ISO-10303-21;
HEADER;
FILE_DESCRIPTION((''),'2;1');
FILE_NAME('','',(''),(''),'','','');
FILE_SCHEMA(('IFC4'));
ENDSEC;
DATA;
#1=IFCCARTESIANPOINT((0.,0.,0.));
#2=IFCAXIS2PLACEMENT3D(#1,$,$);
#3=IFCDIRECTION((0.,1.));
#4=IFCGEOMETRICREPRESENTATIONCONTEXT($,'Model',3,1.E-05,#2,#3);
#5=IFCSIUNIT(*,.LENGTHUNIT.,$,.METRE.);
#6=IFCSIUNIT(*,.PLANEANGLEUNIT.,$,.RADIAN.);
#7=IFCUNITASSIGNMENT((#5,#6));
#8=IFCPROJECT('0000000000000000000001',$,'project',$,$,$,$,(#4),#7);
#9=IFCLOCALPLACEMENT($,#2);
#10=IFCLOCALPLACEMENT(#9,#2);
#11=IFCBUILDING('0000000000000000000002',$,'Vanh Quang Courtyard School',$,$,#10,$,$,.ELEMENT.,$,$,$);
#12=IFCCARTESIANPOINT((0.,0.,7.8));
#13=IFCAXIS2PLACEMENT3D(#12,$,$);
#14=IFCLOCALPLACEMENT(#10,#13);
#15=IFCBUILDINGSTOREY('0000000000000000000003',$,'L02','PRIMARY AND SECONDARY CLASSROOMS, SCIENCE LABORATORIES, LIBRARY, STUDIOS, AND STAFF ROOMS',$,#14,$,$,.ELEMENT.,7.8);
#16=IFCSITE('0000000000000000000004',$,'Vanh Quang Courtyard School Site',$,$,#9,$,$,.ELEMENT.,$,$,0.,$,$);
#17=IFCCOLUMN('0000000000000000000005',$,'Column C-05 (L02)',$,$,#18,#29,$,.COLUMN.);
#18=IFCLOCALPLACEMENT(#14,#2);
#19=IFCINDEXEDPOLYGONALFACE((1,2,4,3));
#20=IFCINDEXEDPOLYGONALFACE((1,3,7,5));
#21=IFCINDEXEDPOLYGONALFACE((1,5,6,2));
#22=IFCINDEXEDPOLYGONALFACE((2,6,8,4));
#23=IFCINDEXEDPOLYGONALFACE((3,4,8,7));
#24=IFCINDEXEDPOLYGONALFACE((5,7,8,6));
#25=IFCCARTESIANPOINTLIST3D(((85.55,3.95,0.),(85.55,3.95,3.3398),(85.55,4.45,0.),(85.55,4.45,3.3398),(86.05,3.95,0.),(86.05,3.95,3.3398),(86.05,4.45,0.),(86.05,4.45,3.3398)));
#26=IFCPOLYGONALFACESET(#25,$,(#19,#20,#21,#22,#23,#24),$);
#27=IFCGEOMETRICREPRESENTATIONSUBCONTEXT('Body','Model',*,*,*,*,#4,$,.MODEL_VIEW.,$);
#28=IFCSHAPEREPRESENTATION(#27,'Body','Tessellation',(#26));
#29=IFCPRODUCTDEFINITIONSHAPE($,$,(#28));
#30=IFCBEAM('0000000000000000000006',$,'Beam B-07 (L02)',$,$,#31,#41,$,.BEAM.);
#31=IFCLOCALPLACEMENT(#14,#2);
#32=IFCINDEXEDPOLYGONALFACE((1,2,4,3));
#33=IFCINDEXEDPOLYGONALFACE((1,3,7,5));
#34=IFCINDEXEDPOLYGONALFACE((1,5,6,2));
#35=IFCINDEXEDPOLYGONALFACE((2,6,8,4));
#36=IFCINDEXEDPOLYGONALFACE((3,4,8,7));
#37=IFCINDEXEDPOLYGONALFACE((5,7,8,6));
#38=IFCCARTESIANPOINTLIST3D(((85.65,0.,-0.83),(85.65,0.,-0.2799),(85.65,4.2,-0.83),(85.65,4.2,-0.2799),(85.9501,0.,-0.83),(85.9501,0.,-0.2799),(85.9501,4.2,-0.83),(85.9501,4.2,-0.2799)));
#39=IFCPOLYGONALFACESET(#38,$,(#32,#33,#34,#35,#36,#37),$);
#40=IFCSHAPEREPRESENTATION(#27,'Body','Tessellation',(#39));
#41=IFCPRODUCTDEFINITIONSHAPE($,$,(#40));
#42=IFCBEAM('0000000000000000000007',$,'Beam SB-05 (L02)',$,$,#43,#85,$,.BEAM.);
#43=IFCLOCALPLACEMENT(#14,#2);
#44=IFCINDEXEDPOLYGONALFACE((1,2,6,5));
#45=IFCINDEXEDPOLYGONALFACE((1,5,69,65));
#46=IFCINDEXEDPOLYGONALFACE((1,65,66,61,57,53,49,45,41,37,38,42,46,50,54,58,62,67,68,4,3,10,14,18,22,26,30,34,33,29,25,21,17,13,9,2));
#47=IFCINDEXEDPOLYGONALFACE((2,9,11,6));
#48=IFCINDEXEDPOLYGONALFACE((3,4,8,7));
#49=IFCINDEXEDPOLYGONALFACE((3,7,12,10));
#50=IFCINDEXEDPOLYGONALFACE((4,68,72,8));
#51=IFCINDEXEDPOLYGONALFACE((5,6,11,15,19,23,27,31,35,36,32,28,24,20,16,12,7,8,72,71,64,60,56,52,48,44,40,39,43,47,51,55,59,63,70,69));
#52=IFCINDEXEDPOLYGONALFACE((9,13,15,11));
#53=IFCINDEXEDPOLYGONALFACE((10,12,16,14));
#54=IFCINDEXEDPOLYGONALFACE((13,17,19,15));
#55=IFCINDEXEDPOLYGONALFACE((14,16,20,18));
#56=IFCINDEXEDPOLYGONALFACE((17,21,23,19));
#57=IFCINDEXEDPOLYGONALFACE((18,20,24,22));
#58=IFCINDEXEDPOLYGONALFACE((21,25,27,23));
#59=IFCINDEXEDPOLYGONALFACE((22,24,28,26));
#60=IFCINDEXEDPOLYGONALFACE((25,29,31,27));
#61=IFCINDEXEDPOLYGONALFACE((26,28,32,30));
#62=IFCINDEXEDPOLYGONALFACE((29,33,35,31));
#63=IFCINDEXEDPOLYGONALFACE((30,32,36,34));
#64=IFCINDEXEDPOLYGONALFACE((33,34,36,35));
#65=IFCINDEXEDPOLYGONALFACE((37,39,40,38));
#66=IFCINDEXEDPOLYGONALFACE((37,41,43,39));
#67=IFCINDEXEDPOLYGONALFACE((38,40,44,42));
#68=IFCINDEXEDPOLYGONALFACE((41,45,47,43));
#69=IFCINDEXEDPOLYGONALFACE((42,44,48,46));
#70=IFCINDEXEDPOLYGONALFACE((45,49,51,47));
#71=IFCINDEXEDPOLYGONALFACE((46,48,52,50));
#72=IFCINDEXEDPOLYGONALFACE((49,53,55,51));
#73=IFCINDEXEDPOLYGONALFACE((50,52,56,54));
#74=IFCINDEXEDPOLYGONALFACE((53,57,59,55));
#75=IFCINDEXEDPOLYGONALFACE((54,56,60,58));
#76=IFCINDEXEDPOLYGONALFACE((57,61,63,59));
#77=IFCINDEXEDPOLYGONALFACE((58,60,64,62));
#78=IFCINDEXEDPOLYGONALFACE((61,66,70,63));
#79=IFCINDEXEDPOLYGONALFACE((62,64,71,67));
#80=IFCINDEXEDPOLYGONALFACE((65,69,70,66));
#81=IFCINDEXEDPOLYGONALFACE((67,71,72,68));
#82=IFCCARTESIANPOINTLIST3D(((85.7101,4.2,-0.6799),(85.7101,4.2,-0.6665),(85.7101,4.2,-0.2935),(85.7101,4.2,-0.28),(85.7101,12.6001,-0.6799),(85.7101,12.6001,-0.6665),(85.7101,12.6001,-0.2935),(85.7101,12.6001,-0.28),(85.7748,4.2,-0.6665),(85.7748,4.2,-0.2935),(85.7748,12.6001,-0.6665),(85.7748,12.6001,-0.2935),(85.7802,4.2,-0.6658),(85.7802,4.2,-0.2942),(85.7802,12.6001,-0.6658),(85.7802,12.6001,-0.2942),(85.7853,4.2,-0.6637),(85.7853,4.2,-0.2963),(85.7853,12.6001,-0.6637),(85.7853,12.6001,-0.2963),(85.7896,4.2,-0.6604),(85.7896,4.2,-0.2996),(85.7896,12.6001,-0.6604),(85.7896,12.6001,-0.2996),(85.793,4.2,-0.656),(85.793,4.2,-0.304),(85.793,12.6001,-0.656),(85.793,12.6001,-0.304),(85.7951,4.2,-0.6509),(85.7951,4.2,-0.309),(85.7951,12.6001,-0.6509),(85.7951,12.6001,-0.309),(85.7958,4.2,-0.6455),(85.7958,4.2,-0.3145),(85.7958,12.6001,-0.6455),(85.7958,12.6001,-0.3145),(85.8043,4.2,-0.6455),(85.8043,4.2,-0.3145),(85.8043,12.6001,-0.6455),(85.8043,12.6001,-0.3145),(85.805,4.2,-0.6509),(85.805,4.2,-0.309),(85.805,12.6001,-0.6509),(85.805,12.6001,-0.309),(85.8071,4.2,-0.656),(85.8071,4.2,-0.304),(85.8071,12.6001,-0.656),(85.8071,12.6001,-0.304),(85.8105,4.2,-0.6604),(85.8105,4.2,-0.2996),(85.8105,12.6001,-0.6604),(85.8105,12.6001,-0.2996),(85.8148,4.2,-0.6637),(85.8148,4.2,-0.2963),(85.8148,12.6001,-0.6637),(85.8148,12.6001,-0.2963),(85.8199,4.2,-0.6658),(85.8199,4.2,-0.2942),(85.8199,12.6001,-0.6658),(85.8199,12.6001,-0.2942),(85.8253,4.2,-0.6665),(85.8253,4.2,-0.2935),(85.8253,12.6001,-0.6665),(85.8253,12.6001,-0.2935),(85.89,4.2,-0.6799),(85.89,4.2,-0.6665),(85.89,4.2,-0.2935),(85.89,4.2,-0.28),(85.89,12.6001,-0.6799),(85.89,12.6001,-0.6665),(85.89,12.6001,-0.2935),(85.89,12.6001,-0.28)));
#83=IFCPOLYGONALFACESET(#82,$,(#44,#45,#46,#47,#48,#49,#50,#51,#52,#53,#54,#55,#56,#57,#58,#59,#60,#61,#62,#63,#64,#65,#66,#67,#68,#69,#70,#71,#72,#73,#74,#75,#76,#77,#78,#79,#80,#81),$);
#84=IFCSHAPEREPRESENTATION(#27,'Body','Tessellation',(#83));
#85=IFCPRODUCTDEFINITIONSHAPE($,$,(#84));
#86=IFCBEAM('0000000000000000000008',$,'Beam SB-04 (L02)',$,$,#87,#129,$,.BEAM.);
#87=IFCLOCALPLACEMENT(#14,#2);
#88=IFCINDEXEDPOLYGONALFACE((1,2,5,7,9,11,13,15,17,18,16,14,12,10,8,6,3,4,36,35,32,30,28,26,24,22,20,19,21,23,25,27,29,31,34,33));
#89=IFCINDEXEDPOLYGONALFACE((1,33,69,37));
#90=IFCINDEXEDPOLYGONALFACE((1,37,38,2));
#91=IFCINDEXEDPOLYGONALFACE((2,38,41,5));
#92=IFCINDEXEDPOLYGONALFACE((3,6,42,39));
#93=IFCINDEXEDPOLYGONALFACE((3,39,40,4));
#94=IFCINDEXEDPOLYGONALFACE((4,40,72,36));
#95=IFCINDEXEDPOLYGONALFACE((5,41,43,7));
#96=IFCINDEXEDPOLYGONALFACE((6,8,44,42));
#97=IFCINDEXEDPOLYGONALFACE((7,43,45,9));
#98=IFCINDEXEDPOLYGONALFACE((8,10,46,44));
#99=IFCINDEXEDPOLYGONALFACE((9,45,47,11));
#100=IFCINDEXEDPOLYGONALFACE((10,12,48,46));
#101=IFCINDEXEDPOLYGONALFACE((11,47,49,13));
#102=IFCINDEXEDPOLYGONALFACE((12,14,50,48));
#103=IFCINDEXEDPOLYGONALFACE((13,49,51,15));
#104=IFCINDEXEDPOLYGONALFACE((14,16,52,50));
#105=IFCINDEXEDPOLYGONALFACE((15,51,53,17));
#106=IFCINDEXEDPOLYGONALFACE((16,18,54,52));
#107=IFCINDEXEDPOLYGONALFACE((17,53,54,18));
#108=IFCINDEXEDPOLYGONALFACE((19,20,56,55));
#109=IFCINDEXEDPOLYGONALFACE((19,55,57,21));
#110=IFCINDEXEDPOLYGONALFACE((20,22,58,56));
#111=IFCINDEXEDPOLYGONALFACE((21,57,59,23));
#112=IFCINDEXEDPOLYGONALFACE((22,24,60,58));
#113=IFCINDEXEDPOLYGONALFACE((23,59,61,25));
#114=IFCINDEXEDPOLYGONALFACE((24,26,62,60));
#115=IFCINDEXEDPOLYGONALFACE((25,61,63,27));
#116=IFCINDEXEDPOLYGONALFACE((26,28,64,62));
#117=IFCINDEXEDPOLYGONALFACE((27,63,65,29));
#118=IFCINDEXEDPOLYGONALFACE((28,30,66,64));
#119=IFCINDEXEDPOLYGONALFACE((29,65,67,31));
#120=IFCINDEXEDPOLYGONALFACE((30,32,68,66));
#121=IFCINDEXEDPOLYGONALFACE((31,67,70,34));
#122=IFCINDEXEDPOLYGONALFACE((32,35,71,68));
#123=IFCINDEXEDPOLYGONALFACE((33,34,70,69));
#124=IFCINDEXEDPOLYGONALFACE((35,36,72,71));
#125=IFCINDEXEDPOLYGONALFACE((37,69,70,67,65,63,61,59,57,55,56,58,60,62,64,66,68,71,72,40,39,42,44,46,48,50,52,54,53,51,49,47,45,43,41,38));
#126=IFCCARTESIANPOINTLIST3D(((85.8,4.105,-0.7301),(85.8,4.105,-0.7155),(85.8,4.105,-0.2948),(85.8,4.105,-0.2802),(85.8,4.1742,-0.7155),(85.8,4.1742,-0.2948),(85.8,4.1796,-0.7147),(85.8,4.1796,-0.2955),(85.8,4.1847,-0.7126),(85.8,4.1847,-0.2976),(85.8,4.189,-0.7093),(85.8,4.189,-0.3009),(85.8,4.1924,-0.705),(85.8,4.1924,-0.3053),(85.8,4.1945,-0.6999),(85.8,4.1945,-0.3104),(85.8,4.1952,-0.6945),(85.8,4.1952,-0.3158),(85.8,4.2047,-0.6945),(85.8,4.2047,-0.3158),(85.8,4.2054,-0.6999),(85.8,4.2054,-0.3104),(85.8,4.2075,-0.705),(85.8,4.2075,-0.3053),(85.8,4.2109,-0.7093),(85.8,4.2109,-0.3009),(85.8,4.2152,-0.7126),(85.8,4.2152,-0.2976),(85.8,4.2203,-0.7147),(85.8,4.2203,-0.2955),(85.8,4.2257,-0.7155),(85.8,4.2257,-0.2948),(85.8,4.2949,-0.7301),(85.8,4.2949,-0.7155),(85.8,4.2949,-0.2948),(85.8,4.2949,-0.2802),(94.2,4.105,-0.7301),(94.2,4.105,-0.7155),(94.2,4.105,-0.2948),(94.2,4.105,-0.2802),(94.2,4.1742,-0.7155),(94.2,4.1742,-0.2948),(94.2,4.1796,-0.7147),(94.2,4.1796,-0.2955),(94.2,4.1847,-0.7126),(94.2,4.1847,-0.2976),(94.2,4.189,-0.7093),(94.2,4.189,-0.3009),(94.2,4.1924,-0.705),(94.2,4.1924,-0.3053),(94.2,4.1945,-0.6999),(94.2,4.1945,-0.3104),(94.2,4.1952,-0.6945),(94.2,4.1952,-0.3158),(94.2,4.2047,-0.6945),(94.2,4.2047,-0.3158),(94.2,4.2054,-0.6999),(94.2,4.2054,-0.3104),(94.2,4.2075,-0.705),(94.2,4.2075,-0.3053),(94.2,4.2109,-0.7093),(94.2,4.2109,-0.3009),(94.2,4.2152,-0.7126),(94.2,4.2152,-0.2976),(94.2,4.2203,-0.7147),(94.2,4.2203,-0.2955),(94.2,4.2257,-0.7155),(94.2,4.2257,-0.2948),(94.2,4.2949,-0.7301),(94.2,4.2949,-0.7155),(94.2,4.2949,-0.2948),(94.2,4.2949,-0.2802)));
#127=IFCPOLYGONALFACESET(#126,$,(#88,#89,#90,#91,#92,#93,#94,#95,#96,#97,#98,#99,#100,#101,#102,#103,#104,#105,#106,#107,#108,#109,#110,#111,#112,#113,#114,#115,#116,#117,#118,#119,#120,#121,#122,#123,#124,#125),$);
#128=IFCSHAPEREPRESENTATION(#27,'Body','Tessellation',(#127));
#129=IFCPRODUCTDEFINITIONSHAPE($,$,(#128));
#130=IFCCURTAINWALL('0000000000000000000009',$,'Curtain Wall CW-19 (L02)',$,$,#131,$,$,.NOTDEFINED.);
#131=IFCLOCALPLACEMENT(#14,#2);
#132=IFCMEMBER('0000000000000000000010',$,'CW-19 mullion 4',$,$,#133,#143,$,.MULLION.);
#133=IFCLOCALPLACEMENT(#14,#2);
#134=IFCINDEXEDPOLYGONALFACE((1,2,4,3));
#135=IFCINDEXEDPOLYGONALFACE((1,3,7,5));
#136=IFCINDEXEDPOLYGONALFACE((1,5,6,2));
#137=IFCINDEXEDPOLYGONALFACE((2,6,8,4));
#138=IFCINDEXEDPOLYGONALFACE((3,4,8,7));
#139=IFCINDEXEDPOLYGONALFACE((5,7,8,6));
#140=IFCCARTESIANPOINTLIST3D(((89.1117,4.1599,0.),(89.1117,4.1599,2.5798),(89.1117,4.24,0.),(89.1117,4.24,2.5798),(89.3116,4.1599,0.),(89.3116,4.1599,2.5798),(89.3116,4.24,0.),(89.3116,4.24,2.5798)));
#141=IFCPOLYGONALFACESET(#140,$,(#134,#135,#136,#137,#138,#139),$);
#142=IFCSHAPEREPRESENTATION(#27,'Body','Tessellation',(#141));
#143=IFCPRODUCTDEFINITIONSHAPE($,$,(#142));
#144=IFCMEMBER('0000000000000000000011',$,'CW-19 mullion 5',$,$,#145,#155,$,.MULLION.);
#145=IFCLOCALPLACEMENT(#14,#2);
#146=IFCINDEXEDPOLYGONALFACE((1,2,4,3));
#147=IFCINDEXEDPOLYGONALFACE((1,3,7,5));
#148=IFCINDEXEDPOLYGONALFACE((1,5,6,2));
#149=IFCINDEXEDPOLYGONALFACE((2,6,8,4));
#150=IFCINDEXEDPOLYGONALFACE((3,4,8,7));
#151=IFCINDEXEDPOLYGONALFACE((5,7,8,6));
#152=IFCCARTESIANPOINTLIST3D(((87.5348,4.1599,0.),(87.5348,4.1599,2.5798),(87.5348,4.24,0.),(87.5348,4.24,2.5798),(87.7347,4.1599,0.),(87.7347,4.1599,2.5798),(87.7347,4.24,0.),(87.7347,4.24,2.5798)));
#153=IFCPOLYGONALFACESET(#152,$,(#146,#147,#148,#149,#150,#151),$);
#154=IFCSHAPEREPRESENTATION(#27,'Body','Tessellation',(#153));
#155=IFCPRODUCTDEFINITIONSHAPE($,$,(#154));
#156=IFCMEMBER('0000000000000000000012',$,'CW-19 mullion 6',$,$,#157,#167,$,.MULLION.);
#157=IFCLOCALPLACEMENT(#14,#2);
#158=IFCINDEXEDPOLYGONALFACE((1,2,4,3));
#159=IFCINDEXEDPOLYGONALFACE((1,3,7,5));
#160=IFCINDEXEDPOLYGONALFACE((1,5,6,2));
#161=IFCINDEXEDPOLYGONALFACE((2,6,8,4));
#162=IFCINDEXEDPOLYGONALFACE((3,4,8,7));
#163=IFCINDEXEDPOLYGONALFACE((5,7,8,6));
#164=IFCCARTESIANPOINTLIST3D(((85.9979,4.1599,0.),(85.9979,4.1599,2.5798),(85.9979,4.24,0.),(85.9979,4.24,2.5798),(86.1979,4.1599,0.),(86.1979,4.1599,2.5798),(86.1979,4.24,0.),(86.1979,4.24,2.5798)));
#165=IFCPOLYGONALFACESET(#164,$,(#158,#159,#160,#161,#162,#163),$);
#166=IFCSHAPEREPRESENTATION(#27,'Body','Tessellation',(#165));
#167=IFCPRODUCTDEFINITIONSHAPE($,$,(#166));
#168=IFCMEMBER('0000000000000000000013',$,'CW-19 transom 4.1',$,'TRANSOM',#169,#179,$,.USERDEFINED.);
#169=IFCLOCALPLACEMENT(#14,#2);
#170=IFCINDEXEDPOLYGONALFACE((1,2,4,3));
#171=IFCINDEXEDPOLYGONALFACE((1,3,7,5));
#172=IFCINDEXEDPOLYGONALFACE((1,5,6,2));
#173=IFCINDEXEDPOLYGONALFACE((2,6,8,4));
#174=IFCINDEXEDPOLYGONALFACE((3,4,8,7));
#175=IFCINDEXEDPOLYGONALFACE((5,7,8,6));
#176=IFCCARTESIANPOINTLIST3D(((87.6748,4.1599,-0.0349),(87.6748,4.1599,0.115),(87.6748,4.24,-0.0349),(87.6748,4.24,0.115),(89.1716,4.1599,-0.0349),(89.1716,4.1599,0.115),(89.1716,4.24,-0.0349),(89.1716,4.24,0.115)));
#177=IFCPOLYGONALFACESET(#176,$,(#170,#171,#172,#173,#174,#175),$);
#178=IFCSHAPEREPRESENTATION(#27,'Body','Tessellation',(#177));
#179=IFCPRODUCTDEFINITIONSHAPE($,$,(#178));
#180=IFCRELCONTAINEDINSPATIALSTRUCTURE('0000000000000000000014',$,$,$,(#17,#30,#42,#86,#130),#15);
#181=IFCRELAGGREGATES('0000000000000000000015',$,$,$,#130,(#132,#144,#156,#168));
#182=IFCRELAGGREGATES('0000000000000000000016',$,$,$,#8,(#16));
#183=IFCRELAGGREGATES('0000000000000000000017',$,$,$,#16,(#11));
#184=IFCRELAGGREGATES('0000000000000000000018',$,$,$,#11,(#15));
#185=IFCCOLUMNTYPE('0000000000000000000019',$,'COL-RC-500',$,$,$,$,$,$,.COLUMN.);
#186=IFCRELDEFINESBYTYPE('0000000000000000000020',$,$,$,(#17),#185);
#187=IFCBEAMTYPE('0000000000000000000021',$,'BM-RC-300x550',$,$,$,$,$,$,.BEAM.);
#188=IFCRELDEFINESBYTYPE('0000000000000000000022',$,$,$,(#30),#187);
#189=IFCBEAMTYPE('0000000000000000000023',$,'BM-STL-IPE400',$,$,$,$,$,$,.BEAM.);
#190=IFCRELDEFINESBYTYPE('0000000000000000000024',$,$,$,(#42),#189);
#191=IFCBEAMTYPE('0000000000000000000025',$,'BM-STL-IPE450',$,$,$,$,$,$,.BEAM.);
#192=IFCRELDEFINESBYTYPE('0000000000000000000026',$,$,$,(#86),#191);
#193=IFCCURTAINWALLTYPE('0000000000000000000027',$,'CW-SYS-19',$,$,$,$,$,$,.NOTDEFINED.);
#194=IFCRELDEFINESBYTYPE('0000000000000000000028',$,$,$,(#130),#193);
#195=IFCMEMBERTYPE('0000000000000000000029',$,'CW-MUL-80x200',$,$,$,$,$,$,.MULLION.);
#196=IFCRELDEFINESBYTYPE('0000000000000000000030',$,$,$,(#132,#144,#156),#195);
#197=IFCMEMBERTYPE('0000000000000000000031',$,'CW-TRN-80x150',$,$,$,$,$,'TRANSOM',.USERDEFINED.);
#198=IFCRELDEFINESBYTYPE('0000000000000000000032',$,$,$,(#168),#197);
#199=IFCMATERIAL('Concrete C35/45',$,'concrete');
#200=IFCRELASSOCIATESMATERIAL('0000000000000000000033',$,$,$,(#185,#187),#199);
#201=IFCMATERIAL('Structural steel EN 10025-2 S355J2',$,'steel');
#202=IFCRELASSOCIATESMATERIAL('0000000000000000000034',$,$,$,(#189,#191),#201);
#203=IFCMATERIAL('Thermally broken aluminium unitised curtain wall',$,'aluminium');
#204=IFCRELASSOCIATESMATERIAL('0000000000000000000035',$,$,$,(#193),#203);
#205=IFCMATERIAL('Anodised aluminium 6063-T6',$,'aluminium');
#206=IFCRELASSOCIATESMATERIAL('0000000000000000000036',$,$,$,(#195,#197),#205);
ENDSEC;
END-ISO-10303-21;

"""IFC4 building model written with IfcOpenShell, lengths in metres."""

from ifc_helpers import new_model, si_unit, direction, frame, origin, origin_2d, place, context, subcontext, project, spatial, rectangle, i_section, extrude, material, material_profile, profile_set, type_object, element, aggregate, save


model = new_model("IFC4")

# Units and contexts
model_context = context("Model", 3, precision=1e-05, world=origin(), true_north=direction((0.0, 1.0)))
body_context = subcontext(model_context, "Body", "Model", "MODEL_VIEW")
ifc_project = project(units=[si_unit("LENGTHUNIT", "METRE"), si_unit("PLANEANGLEUNIT", "RADIAN")], contexts=[model_context])

# Site, building, storey
site_placement = place(None, origin())
site = spatial("IfcSite", under=ifc_project, at=site_placement, Name="Vanh Quang Courtyard School Site", CompositionType="ELEMENT", RefElevation=0.0)
building_placement = place(site_placement, origin())
building = spatial("IfcBuilding", under=site, at=building_placement, Name="Vanh Quang Courtyard School", CompositionType="ELEMENT")
storey_placement = place(building_placement, frame((0.0, 0.0, 7.8)))
storey = spatial("IfcBuildingStorey", under=building, at=storey_placement, Name="L02", Description="PRIMARY AND SECONDARY CLASSROOMS, SCIENCE LABORATORIES, LIBRARY, STUDIOS, AND STAFF ROOMS", CompositionType="ELEMENT", Elevation=7.8)

# Column
ifc_material_1 = material(Name="Concrete C35/45", Category="concrete")
ifc_material_profile_1 = material_profile(ifc_material_1, rectangle(XDim=0.5, YDim=0.5, at=origin_2d()), Name="RC-COL 500x500")
ifc_profile_set_1 = profile_set([ifc_material_profile_1], Name="Concrete C35/45")
column_type = type_object("IfcColumnType", Name="COL-RC-500", PredefinedType="COLUMN", material=ifc_profile_set_1)
column_placement = place(storey_placement, frame((85.8, 4.2, 0.0), z_axis=(0.0, 0.0, 1.0), x_axis=(1.0, 0.0, 0.0)))
element("IfcColumn", 1, at=column_placement, inside=storey, type_object=column_type, Name="Column C-05 (L02)", PredefinedType="COLUMN", context=body_context, shape_type="SweptSolid", body=[
    extrude(rectangle(XDim=0.5, YDim=0.5, at=origin_2d()), origin(), (0.0, 0.0, 1.0), 3.3398),
])

# Beams
ifc_material_profile_2 = material_profile(ifc_material_1, rectangle(XDim=0.3, YDim=0.55, at=origin_2d()), Name="RC-BM 300x550")
ifc_profile_set_2 = profile_set([ifc_material_profile_2], Name="Concrete C35/45")
beam_type_1 = type_object("IfcBeamType", Name="BM-RC-300x550", PredefinedType="BEAM", material=ifc_profile_set_2)
beam_1_placement = place(storey_placement, frame((85.8, 0.0, -0.5549), z_axis=(0.0, 1.0, 0.0), x_axis=(-1.0, 0.0, 0.0)))
element("IfcBeam", 2, at=beam_1_placement, inside=storey, type_object=beam_type_1, Name="Beam B-07 (L02)", PredefinedType="BEAM", context=body_context, shape_type="SweptSolid", body=[
    extrude(rectangle(XDim=0.3, YDim=0.55, at=origin_2d()), origin(), (0.0, 0.0, 1.0), 4.2),
])
ifc_material_2 = material(Name="Structural steel EN 10025-2 S355J2", Category="steel")
ifc_material_profile_3 = material_profile(ifc_material_2, i_section(OverallWidth=0.1799, OverallDepth=0.3999, WebThickness=0.0085, FlangeThickness=0.0134, FilletRadius=0.021, at=origin_2d()), Name="IPE 400")
ifc_profile_set_3 = profile_set([ifc_material_profile_3], Name="Structural steel EN 10025-2 S355J2")
beam_type_2 = type_object("IfcBeamType", Name="BM-STL-IPE400", PredefinedType="BEAM", material=ifc_profile_set_3)
beam_2_placement = place(storey_placement, frame((85.8, 4.2, -0.48), z_axis=(0.0, 1.0, 0.0), x_axis=(-1.0, 0.0, 0.0)))
element("IfcBeam", 3, at=beam_2_placement, inside=storey, type_object=beam_type_2, Name="Beam SB-05 (L02)", PredefinedType="BEAM", context=body_context, shape_type="SweptSolid", body=[
    extrude(i_section(OverallWidth=0.1799, OverallDepth=0.3999, WebThickness=0.0085, FlangeThickness=0.0134, FilletRadius=0.021, at=origin_2d()), origin(), (0.0, 0.0, 1.0), 8.4001),
])
ifc_material_profile_4 = material_profile(ifc_material_2, i_section(OverallWidth=0.1899, OverallDepth=0.45, WebThickness=0.0095, FlangeThickness=0.0146, FilletRadius=0.021, at=origin_2d()), Name="IPE 450")
ifc_profile_set_4 = profile_set([ifc_material_profile_4], Name="Structural steel EN 10025-2 S355J2")
beam_type_3 = type_object("IfcBeamType", Name="BM-STL-IPE450", PredefinedType="BEAM", material=ifc_profile_set_4)
beam_3_placement = place(storey_placement, frame((85.8, 4.2, -0.5051), z_axis=(1.0, 0.0, 0.0), x_axis=(0.0, 1.0, 0.0)))
element("IfcBeam", 4, at=beam_3_placement, inside=storey, type_object=beam_type_3, Name="Beam SB-04 (L02)", PredefinedType="BEAM", context=body_context, shape_type="SweptSolid", body=[
    extrude(i_section(OverallWidth=0.1899, OverallDepth=0.45, WebThickness=0.0095, FlangeThickness=0.0146, FilletRadius=0.021, at=origin_2d()), origin(), (0.0, 0.0, 1.0), 8.3999),
])

# Curtain wall, members
ifc_material_3 = material(Name="Thermally broken aluminium unitised curtain wall", Category="aluminium")
curtain_wall_type = type_object("IfcCurtainWallType", Name="CW-SYS-19", PredefinedType="NOTDEFINED", material=ifc_material_3)
curtain_wall_placement = place(storey_placement, origin())
curtain_wall = element("IfcCurtainWall", 5, at=curtain_wall_placement, inside=storey, type_object=curtain_wall_type, Name="Curtain Wall CW-19 (L02)", PredefinedType="NOTDEFINED")
ifc_material_4 = material(Name="Anodised aluminium 6063-T6", Category="aluminium")
ifc_material_profile_5 = material_profile(ifc_material_4, rectangle(XDim=0.0801, YDim=0.2, at=origin_2d()), Name="ALU-MUL 80x200")
ifc_profile_set_5 = profile_set([ifc_material_profile_5], Name="Anodised aluminium 6063-T6")
member_type_1 = type_object("IfcMemberType", Name="CW-MUL-80x200", PredefinedType="MULLION", material=ifc_profile_set_5)
member_1_placement = place(storey_placement, frame((89.2117, 4.2, 0.0), z_axis=(0.0, 0.0, 1.0), x_axis=(0.0, -1.0, 0.0)))
member_1 = element("IfcMember", 6, at=member_1_placement, type_object=member_type_1, Name="CW-19 mullion 4", PredefinedType="MULLION", context=body_context, shape_type="SweptSolid", body=[
    extrude(rectangle(XDim=0.0801, YDim=0.2, at=origin_2d()), origin(), (0.0, 0.0, 1.0), 2.5798),
])
member_2_placement = place(storey_placement, frame((87.6348, 4.2, 0.0), z_axis=(0.0, 0.0, 1.0), x_axis=(0.0, -1.0, 0.0)))
member_2 = element("IfcMember", 7, at=member_2_placement, type_object=member_type_1, Name="CW-19 mullion 5", PredefinedType="MULLION", context=body_context, shape_type="SweptSolid", body=[
    extrude(rectangle(XDim=0.0801, YDim=0.2, at=origin_2d()), origin(), (0.0, 0.0, 1.0), 2.5798),
])
member_3_placement = place(storey_placement, frame((86.0979, 4.2, 0.0), z_axis=(0.0, 0.0, 1.0), x_axis=(0.0, -1.0, 0.0)))
member_3 = element("IfcMember", 8, at=member_3_placement, type_object=member_type_1, Name="CW-19 mullion 6", PredefinedType="MULLION", context=body_context, shape_type="SweptSolid", body=[
    extrude(rectangle(XDim=0.0801, YDim=0.2, at=origin_2d()), origin(), (0.0, 0.0, 1.0), 2.5798),
])
ifc_material_profile_6 = material_profile(ifc_material_4, rectangle(XDim=0.0801, YDim=0.1499, at=origin_2d()), Name="ALU-TRN 80x150")
ifc_profile_set_6 = profile_set([ifc_material_profile_6], Name="Anodised aluminium 6063-T6")
member_type_2 = type_object("IfcMemberType", Name="CW-TRN-80x150", ElementType="TRANSOM", PredefinedType="USERDEFINED", material=ifc_profile_set_6)
member_4_placement = place(storey_placement, frame((89.1716, 4.2, 0.04), z_axis=(-1.0, 0.0, 0.0), x_axis=(0.0, -1.0, 0.0)))
member_4 = element("IfcMember", 9, at=member_4_placement, type_object=member_type_2, Name="CW-19 transom 4.1", ObjectType="TRANSOM", PredefinedType="USERDEFINED", context=body_context, shape_type="SweptSolid", body=[
    extrude(rectangle(XDim=0.0801, YDim=0.1499, at=origin_2d()), origin(), (0.0, 0.0, 1.0), 1.4968),
])

aggregate(curtain_wall, [member_1, member_2, member_3, member_4])

save(model, "model.ifc")
